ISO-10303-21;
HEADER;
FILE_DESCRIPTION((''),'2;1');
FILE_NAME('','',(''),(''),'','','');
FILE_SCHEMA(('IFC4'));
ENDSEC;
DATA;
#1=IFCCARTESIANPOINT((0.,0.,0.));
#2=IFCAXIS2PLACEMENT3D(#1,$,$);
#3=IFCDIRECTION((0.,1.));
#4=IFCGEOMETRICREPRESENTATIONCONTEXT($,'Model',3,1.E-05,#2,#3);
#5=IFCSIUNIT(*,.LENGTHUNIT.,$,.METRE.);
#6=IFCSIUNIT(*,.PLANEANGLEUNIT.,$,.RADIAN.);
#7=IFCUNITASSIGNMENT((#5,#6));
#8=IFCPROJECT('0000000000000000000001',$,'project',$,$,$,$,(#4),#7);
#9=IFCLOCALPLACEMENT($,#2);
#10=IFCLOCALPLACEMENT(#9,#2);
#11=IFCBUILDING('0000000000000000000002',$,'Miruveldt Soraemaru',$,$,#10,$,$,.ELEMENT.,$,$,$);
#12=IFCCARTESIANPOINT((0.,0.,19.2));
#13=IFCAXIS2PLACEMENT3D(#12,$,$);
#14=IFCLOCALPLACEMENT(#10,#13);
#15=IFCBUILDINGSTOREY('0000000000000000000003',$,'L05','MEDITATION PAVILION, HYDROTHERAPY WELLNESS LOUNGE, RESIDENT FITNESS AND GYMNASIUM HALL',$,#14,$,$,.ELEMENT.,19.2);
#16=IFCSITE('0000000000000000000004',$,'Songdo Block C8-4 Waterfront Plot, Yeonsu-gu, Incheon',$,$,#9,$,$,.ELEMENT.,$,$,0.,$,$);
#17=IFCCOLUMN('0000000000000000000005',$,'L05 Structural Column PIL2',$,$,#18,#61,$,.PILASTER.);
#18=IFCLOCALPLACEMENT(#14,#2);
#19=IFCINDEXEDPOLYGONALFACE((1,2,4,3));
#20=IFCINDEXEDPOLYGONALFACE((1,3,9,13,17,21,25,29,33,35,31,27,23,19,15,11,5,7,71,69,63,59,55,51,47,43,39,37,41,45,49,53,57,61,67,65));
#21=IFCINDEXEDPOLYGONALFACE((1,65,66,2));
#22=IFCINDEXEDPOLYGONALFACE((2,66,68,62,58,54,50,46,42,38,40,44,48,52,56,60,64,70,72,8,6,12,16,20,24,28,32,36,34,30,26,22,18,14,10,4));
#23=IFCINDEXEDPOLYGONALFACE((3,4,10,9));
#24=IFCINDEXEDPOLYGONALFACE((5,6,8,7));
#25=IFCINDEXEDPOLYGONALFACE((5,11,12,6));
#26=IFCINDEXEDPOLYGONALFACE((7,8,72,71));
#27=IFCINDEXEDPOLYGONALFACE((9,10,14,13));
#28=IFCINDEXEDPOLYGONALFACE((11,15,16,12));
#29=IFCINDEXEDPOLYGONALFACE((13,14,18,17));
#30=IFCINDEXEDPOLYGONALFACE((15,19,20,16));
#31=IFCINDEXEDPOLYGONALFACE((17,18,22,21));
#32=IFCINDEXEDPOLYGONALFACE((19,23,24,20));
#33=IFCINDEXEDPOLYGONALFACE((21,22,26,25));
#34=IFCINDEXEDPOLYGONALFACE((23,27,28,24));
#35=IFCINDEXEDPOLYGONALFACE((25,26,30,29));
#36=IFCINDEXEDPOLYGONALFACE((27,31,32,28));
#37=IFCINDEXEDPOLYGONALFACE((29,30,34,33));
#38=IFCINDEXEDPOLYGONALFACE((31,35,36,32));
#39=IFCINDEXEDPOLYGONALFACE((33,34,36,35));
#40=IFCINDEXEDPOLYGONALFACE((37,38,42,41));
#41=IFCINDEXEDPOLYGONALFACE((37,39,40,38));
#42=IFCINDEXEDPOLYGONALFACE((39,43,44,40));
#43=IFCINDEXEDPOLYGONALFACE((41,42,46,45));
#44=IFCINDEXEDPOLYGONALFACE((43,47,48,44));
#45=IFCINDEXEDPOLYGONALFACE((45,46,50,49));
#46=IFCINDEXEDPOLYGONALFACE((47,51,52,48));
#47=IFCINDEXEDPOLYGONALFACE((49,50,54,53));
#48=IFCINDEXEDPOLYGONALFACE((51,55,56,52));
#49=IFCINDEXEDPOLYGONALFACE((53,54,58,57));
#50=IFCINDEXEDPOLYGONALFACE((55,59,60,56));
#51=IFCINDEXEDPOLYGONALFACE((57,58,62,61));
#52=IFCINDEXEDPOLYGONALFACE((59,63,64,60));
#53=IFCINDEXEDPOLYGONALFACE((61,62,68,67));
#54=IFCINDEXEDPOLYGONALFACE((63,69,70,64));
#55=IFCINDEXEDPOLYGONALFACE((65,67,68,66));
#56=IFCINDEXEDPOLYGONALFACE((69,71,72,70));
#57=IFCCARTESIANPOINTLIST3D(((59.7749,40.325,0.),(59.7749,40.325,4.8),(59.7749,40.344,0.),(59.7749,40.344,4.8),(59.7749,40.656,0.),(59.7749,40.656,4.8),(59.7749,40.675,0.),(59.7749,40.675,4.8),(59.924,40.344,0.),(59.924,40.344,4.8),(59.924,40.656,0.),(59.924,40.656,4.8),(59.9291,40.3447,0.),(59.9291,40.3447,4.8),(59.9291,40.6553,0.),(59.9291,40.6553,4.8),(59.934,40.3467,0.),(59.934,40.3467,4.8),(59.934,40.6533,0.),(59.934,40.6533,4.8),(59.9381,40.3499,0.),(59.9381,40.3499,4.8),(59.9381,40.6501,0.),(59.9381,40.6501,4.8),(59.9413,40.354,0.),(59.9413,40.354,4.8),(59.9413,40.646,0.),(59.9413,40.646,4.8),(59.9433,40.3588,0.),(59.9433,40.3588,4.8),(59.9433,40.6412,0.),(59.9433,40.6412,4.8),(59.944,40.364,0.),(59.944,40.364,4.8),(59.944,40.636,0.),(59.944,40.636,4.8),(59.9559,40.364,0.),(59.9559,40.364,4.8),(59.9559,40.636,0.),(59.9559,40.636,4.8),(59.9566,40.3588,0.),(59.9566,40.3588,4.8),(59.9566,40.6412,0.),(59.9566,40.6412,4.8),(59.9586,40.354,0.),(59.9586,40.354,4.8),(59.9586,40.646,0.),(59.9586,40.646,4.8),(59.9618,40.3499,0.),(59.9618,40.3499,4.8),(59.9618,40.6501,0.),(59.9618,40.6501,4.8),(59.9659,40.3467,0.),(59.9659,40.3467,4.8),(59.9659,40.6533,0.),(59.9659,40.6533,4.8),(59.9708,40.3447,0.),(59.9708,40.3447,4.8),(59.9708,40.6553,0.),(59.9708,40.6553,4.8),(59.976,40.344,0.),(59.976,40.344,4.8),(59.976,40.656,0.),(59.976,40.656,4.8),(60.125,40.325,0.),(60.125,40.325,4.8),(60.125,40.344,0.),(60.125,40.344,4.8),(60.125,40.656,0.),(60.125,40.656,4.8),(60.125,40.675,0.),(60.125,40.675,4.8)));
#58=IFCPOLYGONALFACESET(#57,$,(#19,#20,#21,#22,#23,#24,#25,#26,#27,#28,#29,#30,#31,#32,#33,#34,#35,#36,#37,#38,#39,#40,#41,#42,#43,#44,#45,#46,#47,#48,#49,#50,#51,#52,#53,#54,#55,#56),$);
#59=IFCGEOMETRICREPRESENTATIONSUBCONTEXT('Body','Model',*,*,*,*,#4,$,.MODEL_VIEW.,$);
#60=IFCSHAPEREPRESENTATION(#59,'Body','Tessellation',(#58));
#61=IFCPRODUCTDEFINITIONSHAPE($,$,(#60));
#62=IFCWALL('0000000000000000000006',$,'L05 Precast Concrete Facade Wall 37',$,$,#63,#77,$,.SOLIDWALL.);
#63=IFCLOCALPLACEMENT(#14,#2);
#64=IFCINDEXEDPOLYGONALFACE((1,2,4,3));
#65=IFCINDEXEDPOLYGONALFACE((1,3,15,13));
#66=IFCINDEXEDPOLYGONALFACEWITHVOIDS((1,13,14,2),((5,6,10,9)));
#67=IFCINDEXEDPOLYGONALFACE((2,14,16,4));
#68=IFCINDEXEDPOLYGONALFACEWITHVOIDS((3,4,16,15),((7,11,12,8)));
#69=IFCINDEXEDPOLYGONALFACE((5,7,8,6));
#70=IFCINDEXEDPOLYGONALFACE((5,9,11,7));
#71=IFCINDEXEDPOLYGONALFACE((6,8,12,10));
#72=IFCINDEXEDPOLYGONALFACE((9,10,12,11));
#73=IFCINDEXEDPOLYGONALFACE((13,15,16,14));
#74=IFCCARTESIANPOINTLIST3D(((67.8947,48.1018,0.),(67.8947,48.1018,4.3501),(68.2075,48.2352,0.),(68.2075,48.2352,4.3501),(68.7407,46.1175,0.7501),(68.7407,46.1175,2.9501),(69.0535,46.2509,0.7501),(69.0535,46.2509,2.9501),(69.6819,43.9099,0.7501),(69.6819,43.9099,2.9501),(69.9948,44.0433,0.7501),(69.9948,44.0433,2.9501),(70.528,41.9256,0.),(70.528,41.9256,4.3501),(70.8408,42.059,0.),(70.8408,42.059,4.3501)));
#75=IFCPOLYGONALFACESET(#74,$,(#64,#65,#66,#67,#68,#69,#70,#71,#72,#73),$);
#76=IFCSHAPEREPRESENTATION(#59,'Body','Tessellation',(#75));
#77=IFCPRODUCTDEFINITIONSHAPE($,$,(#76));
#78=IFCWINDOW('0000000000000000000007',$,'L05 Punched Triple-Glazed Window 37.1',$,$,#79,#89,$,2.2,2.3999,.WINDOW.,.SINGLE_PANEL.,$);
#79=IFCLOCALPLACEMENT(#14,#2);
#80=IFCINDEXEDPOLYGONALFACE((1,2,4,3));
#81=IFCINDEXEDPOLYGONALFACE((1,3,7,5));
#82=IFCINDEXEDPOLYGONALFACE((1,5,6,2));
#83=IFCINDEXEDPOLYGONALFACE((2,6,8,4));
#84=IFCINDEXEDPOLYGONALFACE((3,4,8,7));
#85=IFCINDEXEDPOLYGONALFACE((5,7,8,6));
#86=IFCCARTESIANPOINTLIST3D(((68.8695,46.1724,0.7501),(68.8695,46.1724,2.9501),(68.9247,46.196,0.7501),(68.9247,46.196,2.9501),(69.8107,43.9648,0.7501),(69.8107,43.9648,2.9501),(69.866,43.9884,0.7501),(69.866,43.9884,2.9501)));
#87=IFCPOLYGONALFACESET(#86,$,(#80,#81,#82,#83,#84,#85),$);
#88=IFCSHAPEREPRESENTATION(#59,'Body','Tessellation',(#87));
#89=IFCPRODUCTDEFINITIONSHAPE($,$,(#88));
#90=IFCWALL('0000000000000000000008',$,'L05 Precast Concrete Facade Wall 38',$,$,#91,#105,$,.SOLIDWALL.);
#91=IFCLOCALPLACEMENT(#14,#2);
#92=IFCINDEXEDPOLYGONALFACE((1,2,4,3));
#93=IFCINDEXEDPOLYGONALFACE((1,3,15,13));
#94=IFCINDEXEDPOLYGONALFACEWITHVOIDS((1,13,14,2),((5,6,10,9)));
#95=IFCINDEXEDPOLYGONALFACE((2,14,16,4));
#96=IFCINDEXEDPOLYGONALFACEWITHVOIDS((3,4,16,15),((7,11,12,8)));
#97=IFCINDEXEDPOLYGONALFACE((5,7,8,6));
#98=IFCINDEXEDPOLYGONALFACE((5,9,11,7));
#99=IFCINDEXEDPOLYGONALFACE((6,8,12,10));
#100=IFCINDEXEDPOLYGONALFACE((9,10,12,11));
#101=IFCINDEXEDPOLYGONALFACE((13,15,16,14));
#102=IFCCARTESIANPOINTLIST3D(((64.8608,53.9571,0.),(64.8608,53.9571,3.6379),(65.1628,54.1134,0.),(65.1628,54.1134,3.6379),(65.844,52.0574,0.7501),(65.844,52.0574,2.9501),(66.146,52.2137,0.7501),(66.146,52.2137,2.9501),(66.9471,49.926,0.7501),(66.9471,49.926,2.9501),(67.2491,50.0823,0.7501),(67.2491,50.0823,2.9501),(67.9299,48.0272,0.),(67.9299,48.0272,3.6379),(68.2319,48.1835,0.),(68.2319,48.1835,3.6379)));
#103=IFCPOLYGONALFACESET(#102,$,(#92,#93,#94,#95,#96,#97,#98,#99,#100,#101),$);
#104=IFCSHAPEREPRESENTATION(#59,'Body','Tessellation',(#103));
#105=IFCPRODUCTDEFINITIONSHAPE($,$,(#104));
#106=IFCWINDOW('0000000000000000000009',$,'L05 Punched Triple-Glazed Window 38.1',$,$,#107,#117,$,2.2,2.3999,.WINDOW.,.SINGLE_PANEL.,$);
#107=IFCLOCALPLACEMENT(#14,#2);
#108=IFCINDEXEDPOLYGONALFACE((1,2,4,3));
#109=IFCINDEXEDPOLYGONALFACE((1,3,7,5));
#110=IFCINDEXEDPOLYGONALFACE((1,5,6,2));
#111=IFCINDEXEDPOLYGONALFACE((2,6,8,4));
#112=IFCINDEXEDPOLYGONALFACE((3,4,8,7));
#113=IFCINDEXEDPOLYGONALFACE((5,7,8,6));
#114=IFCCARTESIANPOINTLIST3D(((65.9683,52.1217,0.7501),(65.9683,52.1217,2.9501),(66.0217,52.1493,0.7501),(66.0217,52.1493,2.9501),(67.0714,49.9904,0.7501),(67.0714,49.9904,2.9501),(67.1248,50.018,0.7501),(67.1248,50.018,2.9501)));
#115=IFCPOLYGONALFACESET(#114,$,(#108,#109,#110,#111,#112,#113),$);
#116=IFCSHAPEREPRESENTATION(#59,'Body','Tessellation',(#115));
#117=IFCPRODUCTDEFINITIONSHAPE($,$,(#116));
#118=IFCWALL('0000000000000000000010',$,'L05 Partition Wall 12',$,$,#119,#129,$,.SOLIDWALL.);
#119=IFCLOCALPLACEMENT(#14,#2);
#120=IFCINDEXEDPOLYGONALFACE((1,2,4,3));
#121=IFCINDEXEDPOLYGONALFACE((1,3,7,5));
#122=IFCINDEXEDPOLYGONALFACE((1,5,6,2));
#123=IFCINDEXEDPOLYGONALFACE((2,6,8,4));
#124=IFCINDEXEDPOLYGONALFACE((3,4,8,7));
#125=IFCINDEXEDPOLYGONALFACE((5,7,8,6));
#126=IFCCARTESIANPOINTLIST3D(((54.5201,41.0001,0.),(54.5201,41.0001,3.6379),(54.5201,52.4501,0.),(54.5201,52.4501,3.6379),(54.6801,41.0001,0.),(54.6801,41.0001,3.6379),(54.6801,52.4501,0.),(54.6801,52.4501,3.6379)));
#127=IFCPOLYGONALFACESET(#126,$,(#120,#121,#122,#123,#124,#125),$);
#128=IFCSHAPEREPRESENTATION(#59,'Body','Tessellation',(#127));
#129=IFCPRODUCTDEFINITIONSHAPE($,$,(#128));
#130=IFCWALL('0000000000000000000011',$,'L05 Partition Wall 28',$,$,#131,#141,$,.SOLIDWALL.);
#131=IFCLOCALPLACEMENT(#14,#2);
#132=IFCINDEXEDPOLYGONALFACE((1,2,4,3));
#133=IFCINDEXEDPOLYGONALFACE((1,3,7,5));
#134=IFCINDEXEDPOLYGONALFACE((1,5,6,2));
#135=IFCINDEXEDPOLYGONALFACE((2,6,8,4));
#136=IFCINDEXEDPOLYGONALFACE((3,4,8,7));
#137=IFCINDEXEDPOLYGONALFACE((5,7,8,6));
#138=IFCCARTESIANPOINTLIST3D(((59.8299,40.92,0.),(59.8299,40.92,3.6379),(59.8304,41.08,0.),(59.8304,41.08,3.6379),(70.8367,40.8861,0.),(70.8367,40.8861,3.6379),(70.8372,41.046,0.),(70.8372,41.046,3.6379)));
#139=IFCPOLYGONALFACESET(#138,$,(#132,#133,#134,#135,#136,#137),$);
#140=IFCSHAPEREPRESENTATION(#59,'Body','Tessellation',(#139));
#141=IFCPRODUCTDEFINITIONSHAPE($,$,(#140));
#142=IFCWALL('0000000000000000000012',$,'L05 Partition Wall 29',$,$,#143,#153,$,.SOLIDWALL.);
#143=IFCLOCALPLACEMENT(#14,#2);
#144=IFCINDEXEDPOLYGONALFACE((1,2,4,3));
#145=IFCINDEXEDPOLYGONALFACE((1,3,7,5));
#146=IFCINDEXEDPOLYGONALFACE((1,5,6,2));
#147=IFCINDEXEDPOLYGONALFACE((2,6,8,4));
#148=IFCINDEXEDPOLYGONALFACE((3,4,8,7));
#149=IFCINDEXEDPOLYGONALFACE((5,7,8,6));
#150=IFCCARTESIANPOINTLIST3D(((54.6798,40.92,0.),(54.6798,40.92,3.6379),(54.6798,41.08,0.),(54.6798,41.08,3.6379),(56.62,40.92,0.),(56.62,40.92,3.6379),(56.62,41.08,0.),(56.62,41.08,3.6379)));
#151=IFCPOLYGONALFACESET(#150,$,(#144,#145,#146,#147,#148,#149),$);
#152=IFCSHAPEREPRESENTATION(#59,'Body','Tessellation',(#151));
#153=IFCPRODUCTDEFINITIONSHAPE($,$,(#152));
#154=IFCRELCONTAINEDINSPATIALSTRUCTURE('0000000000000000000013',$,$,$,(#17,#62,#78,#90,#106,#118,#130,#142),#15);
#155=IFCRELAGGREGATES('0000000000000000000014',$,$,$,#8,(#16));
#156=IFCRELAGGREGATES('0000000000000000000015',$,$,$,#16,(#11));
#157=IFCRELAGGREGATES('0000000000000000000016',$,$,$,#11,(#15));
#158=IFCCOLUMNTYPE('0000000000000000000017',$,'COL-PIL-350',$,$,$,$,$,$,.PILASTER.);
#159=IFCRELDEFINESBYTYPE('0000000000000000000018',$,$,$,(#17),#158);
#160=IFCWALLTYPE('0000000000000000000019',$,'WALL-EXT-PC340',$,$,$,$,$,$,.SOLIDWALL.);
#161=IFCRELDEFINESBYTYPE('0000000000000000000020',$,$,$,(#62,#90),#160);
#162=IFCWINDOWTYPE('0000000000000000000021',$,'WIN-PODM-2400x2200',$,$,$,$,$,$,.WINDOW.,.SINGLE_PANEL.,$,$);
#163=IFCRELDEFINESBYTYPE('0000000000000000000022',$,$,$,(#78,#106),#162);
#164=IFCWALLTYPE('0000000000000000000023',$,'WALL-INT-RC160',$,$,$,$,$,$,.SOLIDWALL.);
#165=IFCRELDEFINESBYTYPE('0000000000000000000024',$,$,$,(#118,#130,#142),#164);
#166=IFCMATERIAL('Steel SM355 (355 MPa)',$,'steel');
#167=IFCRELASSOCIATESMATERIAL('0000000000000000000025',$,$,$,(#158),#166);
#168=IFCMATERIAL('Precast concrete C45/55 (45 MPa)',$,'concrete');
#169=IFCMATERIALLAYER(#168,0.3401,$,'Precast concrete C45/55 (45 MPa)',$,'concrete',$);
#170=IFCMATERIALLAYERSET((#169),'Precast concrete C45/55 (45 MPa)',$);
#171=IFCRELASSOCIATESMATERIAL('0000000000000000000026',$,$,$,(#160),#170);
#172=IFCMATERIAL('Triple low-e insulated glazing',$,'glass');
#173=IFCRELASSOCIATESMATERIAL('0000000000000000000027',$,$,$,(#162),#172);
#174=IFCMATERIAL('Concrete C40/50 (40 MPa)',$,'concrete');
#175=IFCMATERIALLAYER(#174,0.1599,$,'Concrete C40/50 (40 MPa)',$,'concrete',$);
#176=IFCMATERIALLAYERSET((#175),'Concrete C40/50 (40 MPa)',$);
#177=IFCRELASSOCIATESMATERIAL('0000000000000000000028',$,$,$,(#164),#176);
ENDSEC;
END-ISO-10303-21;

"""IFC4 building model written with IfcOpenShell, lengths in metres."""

from ifc_helpers import new_model, si_unit, direction, frame, frame_2d, origin, origin_2d, place, context, subcontext, project, spatial, rectangle, i_section, extrude, material, layer, layer_set, material_profile, profile_set, type_object, element, fill, save


model = new_model("IFC4")

# Units and contexts
model_context = context("Model", 3, precision=1e-05, world=origin(), true_north=direction((0.0, 1.0)))
body_context = subcontext(model_context, "Body", "Model", "MODEL_VIEW")
ifc_project = project(units=[si_unit("LENGTHUNIT", "METRE"), si_unit("PLANEANGLEUNIT", "RADIAN")], contexts=[model_context])

# Site, building, storey
site_placement = place(None, origin())
site = spatial("IfcSite", under=ifc_project, at=site_placement, Name="Songdo Block C8-4 Waterfront Plot, Yeonsu-gu, Incheon", CompositionType="ELEMENT", RefElevation=0.0)
building_placement = place(site_placement, origin())
building = spatial("IfcBuilding", under=site, at=building_placement, Name="Miruveldt Soraemaru", CompositionType="ELEMENT")
storey_placement = place(building_placement, frame((0.0, 0.0, 19.2)))
storey = spatial("IfcBuildingStorey", under=building, at=storey_placement, Name="L05", Description="MEDITATION PAVILION, HYDROTHERAPY WELLNESS LOUNGE, RESIDENT FITNESS AND GYMNASIUM HALL", CompositionType="ELEMENT", Elevation=19.2)

# Column
ifc_material_1 = material(Name="Steel SM355 (355 MPa)", Category="steel")
ifc_material_profile = material_profile(ifc_material_1, i_section(OverallWidth=0.3501, OverallDepth=0.3501, WebThickness=0.012, FlangeThickness=0.019, FilletRadius=0.02, at=origin_2d()), Name="Steel SM355 (355 MPa)", Category="steel")
ifc_profile_set = profile_set([ifc_material_profile], Name="Steel SM355 (355 MPa)")
column_type = type_object("IfcColumnType", Name="COL-PIL-350", PredefinedType="PILASTER", material=ifc_profile_set)
column_placement = place(storey_placement, frame((59.95, 40.5, 0.0), z_axis=(0.0, 0.0, 1.0), x_axis=(1.0, 0.0, 0.0)))
element("IfcColumn", 1, at=column_placement, inside=storey, type_object=column_type, Name="L05 Structural Column PIL2", PredefinedType="PILASTER", context=body_context, shape_type="SweptSolid", body=[
    extrude(i_section(OverallWidth=0.3501, OverallDepth=0.3501, WebThickness=0.012, FlangeThickness=0.019, FilletRadius=0.02, at=origin_2d()), origin(), (0.0, 0.0, 1.0), 4.8),
])

# Walls, openings, windows
ifc_material_2 = material(Name="Precast concrete C45/55 (45 MPa)", Category="concrete")
ifc_layer_1 = layer(ifc_material_2, 0.3401, Name="Precast concrete C45/55 (45 MPa)", Category="concrete")
ifc_layer_set_1 = layer_set([ifc_layer_1], Name="Precast concrete C45/55 (45 MPa)")
wall_type_1 = type_object("IfcWallType", Name="WALL-EXT-PC340", PredefinedType="SOLIDWALL", material=ifc_layer_set_1)
wall_1_placement = place(storey_placement, frame((70.6843, 41.9924, 0.0), z_axis=(0.0, 0.0, 1.0), x_axis=(-0.392198, 0.919881, 0.0)))
wall_1 = element("IfcWall", 2, at=wall_1_placement, inside=storey, type_object=wall_type_1, Name="L05 Precast Concrete Facade Wall 37", PredefinedType="SOLIDWALL", context=body_context, shape_type="SweptSolid", body=[
    extrude(rectangle(XDim=6.7141, YDim=0.3401, at=frame_2d((3.3569, 0.0))), origin(), (0.0, 0.0, 1.0), 4.3501),
])
opening_1_placement = place(wall_1_placement, frame((2.157, 0.0, 0.75)))
opening_1 = element("IfcOpeningElement", 3, at=opening_1_placement, cuts=wall_1, PredefinedType="OPENING", context=body_context, shape_type="SweptSolid", body=[
    extrude(rectangle(XDim=2.3999, YDim=2.2, at=frame_2d((1.2, 1.1001))), frame((0.0, 0.1802, 0.0), z_axis=(0.0, -1.0, 0.0), x_axis=(1.0, 0.0, 0.0)), (0.0, 0.0, 1.0), 0.3601),
])
ifc_material_3 = material(Name="Triple low-e insulated glazing", Category="glass")
window_type = type_object("IfcWindowType", Name="WIN-PODM-2400x2200", PartitioningType="SINGLE_PANEL", PredefinedType="WINDOW", material=ifc_material_3)
window_1_placement = place(opening_1_placement, origin())
window_1 = element("IfcWindow", 4, at=window_1_placement, inside=storey, type_object=window_type, Name="L05 Punched Triple-Glazed Window 37.1", OverallHeight=2.2, OverallWidth=2.3999, PartitioningType="SINGLE_PANEL", PredefinedType="WINDOW", context=body_context, shape_type="SweptSolid", body=[
    extrude(rectangle(XDim=2.3999, YDim=2.2, at=frame_2d((1.2, 1.1001))), frame((0.0, 0.03, 0.0), z_axis=(0.0, -1.0, 0.0), x_axis=(1.0, 0.0, 0.0)), (0.0, 0.0, 1.0), 0.0601),
])
fill(opening_1, window_1)
wall_2_placement = place(storey_placement, frame((68.0808, 48.1055, 0.0), z_axis=(0.0, 0.0, 1.0), x_axis=(-0.459646, 0.888102, 0.0)))
wall_2 = element("IfcWall", 5, at=wall_2_placement, inside=storey, type_object=wall_type_1, Name="L05 Precast Concrete Facade Wall 38", PredefinedType="SOLIDWALL", context=body_context, shape_type="SweptSolid", body=[
    extrude(rectangle(XDim=6.677, YDim=0.3401, at=frame_2d((3.3384, 0.0))), origin(), (0.0, 0.0, 1.0), 3.6379),
])
opening_2_placement = place(wall_2_placement, frame((2.1379, 0.0, 0.75)))
opening_2 = element("IfcOpeningElement", 6, at=opening_2_placement, cuts=wall_2, PredefinedType="OPENING", context=body_context, shape_type="SweptSolid", body=[
    extrude(rectangle(XDim=2.3999, YDim=2.2, at=frame_2d((1.2, 1.1001))), frame((0.0, 0.1802, 0.0), z_axis=(0.0, -1.0, 0.0), x_axis=(1.0, 0.0, 0.0)), (0.0, 0.0, 1.0), 0.3601),
])
window_2_placement = place(opening_2_placement, origin())
window_2 = element("IfcWindow", 7, at=window_2_placement, inside=storey, type_object=window_type, Name="L05 Punched Triple-Glazed Window 38.1", OverallHeight=2.2, OverallWidth=2.3999, PartitioningType="SINGLE_PANEL", PredefinedType="WINDOW", context=body_context, shape_type="SweptSolid", body=[
    extrude(rectangle(XDim=2.3999, YDim=2.2, at=frame_2d((1.2, 1.1001))), frame((0.0, 0.03, 0.0), z_axis=(0.0, -1.0, 0.0), x_axis=(1.0, 0.0, 0.0)), (0.0, 0.0, 1.0), 0.0601),
])
fill(opening_2, window_2)

# Walls
ifc_material_4 = material(Name="Concrete C40/50 (40 MPa)", Category="concrete")
ifc_layer_2 = layer(ifc_material_4, 0.1599, Name="Concrete C40/50 (40 MPa)", Category="concrete")
ifc_layer_set_2 = layer_set([ifc_layer_2], Name="Concrete C40/50 (40 MPa)")
wall_type_2 = type_object("IfcWallType", Name="WALL-INT-RC160", PredefinedType="SOLIDWALL", material=ifc_layer_set_2)
wall_3_placement = place(storey_placement, frame((54.6001, 41.0, 0.0), z_axis=(0.0, 0.0, 1.0), x_axis=(0.0, 1.0, 0.0)))
element("IfcWall", 8, at=wall_3_placement, inside=storey, type_object=wall_type_2, Name="L05 Partition Wall 12", PredefinedType="SOLIDWALL", context=body_context, shape_type="SweptSolid", body=[
    extrude(rectangle(XDim=11.45, YDim=0.1599, at=frame_2d((5.7251, 0.0))), origin(), (0.0, 0.0, 1.0), 3.6379),
])
wall_4_placement = place(storey_placement, frame((70.8369, 40.9661, 0.0), z_axis=(0.0, 0.0, 1.0), x_axis=(-0.999995, 0.003083, 0.0)))
element("IfcWall", 9, at=wall_4_placement, inside=storey, type_object=wall_type_2, Name="L05 Partition Wall 28", PredefinedType="SOLIDWALL", context=body_context, shape_type="SweptSolid", body=[
    extrude(rectangle(XDim=11.0068, YDim=0.1599, at=frame_2d((5.5034, 0.0))), origin(), (0.0, 0.0, 1.0), 3.6379),
])
wall_5_placement = place(storey_placement, frame((56.6201, 41.0, 0.0), z_axis=(0.0, 0.0, 1.0), x_axis=(-1.0, 0.0, 0.0)))
element("IfcWall", 10, at=wall_5_placement, inside=storey, type_object=wall_type_2, Name="L05 Partition Wall 29", PredefinedType="SOLIDWALL", context=body_context, shape_type="SweptSolid", body=[
    extrude(rectangle(XDim=1.9402, YDim=0.1599, at=frame_2d((0.9702, 0.0))), origin(), (0.0, 0.0, 1.0), 3.6379),
])

save(model, "model.ifc")
